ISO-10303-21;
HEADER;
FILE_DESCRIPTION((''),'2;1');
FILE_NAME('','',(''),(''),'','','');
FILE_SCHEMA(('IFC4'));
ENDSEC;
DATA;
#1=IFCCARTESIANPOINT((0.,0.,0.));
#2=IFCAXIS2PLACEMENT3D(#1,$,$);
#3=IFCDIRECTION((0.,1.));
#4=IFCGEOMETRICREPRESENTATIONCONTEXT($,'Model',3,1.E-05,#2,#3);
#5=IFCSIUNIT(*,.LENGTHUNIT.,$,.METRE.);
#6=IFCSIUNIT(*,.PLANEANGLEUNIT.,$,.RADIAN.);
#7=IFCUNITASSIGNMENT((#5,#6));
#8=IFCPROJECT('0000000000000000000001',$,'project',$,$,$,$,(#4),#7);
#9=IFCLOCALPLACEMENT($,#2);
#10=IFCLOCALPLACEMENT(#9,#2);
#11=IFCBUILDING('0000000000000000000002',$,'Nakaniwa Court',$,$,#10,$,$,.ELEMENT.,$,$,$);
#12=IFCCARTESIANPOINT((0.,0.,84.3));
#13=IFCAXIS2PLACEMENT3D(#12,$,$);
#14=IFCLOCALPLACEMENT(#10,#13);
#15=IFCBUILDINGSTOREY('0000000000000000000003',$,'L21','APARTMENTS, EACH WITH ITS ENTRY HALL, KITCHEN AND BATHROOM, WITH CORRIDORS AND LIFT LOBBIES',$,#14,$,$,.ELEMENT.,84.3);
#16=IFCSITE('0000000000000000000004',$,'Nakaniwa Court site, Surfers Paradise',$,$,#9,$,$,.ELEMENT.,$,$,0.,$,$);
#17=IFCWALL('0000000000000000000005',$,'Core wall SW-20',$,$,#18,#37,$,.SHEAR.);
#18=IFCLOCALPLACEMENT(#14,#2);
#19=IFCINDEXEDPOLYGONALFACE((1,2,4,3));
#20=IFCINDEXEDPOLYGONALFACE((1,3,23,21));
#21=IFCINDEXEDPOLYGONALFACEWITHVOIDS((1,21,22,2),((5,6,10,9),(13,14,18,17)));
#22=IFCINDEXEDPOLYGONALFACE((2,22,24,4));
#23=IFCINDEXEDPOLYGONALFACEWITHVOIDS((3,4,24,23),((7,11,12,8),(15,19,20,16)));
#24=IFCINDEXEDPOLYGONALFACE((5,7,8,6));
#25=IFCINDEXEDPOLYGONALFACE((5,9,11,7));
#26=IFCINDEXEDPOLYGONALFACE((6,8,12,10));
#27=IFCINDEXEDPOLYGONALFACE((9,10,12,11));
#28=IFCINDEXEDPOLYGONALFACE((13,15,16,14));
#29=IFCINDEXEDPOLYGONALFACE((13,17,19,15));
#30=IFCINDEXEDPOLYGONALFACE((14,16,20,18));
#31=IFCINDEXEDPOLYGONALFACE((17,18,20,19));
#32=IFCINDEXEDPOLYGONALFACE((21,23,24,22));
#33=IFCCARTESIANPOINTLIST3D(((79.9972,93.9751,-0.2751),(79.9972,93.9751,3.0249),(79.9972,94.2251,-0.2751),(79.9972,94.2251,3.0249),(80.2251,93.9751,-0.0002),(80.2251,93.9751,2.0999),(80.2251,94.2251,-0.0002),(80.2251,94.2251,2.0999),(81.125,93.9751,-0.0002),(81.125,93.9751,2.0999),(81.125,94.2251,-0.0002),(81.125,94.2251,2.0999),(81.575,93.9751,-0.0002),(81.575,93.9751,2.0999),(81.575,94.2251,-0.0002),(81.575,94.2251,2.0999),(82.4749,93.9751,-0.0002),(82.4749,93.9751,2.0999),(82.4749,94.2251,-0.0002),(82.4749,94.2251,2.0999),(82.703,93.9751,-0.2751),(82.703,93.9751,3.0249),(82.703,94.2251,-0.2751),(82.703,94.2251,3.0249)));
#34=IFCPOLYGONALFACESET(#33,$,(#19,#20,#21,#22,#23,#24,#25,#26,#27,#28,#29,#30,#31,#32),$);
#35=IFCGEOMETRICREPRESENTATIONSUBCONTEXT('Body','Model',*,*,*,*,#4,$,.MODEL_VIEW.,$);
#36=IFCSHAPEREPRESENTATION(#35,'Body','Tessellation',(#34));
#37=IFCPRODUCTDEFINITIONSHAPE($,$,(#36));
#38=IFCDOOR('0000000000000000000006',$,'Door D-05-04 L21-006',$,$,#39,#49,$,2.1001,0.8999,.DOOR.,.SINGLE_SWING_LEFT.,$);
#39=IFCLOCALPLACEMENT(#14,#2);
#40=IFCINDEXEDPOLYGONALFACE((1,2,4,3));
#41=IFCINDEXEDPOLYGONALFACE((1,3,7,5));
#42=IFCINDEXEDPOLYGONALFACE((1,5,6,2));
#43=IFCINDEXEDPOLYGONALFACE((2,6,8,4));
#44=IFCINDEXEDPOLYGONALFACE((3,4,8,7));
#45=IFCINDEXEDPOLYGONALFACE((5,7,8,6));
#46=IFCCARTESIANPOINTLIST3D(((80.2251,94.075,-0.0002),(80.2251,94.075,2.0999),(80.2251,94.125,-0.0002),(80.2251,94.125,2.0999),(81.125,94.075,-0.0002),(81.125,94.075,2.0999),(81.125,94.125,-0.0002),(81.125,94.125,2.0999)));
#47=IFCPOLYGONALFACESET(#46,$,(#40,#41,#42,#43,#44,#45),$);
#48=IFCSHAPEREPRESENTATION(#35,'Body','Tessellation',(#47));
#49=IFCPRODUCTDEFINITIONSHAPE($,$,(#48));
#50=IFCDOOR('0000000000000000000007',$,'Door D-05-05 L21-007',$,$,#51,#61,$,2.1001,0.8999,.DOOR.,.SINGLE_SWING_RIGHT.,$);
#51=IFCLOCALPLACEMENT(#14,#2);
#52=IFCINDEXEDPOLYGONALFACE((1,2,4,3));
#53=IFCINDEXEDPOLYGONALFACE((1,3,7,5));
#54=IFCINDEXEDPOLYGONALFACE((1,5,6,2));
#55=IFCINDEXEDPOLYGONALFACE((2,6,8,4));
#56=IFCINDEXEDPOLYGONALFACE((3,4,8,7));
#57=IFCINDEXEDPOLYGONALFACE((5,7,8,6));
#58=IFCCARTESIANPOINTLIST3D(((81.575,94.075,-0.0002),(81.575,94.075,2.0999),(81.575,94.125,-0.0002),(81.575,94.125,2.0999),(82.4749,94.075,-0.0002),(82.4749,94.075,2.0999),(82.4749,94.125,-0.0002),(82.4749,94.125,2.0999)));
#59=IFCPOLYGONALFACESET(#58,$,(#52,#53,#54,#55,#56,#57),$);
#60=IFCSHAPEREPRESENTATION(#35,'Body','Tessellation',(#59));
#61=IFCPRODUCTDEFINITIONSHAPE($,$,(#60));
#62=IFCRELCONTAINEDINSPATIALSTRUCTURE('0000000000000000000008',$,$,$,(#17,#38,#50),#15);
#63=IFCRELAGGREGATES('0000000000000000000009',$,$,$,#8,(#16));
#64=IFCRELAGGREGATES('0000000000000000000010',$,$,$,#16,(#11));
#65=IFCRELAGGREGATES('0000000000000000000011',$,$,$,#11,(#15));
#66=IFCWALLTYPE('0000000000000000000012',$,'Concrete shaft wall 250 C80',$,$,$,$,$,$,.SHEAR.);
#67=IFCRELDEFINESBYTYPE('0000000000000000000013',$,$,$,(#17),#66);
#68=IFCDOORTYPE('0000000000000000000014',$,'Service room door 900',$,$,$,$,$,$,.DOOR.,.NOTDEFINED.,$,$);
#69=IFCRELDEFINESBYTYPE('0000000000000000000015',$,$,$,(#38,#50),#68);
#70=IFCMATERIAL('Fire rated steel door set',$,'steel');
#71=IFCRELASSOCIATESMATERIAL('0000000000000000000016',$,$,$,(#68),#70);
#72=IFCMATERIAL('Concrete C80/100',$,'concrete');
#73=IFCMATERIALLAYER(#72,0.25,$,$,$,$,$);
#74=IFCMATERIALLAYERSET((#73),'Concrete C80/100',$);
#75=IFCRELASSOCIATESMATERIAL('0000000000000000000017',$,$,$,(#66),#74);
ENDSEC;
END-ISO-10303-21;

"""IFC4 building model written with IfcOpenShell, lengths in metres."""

from ifc_helpers import new_model, si_unit, direction, frame, frame_2d, origin, place, context, subcontext, project, spatial, rectangle, extrude, material, layer, layer_set, type_object, element, fill, save


model = new_model("IFC4")

# Units and contexts
model_context = context("Model", 3, precision=1e-05, world=origin(), true_north=direction((0.0, 1.0)))
body_context = subcontext(model_context, "Body", "Model", "MODEL_VIEW")
ifc_project = project(units=[si_unit("LENGTHUNIT", "METRE"), si_unit("PLANEANGLEUNIT", "RADIAN")], contexts=[model_context])

# Site, building, storey
site_placement = place(None, origin())
site = spatial("IfcSite", under=ifc_project, at=site_placement, Name="Nakaniwa Court site, Surfers Paradise", CompositionType="ELEMENT", RefElevation=0.0)
building_placement = place(site_placement, origin())
building = spatial("IfcBuilding", under=site, at=building_placement, Name="Nakaniwa Court", CompositionType="ELEMENT")
storey_placement = place(building_placement, frame((0.0, 0.0, 84.3)))
storey = spatial("IfcBuildingStorey", under=building, at=storey_placement, Name="L21", Description="APARTMENTS, EACH WITH ITS ENTRY HALL, KITCHEN AND BATHROOM, WITH CORRIDORS AND LIFT LOBBIES", CompositionType="ELEMENT", Elevation=84.3)

# Shared definitions
ifc_material_1 = material(Name="Fire rated steel door set", Category="steel")
door_type_1 = type_object("IfcDoorType", Name="Service room door 900", OperationType="NOTDEFINED", PredefinedType="DOOR", material=ifc_material_1)

# Shared definitions
ifc_material_2 = material(Name="Concrete C80/100", Category="concrete")

# Shared definitions
ifc_layer_1 = layer(ifc_material_2, 0.25)
ifc_layer_set_1 = layer_set([ifc_layer_1], Name="Concrete C80/100")
wall_type_1 = type_object("IfcWallType", Name="Concrete shaft wall 250 C80", PredefinedType="SHEAR", material=ifc_layer_set_1)

# Wall, openings, doors
wall_1_placement = place(storey_placement, frame((79.9971, 94.1001, -0.2751), z_axis=(0.0, 0.0, 1.0), x_axis=(1.0, 0.0, 0.0)))
wall_1 = element("IfcWall", 1, at=wall_1_placement, inside=storey, type_object=wall_type_1, Name="Core wall SW-20", PredefinedType="SHEAR", context=body_context, shape_type="SweptSolid", body=[
    extrude(rectangle(XDim=2.7058, YDim=0.25, at=frame_2d((1.353, 0.0))), origin(), (0.0, 0.0, 1.0), 3.3),
])
opening_1_placement = place(wall_1_placement, frame((0.228, 0.0, 0.2749)))
opening_1 = element("IfcOpeningElement", 2, at=opening_1_placement, cuts=wall_1, PredefinedType="OPENING", context=body_context, shape_type="SweptSolid", body=[
    extrude(rectangle(XDim=0.8999, YDim=2.1001, at=frame_2d((0.45, 1.05))), frame((0.0, 0.135, 0.0), z_axis=(0.0, -1.0, 0.0), x_axis=(1.0, 0.0, 0.0)), (0.0, 0.0, 1.0), 0.27),
])
opening_2_placement = place(wall_1_placement, frame((1.5779, 0.0, 0.2749)))
opening_2 = element("IfcOpeningElement", 3, at=opening_2_placement, cuts=wall_1, PredefinedType="OPENING", context=body_context, shape_type="SweptSolid", body=[
    extrude(rectangle(XDim=0.8999, YDim=2.1001, at=frame_2d((0.45, 1.05))), frame((0.0, 0.135, 0.0), z_axis=(0.0, -1.0, 0.0), x_axis=(1.0, 0.0, 0.0)), (0.0, 0.0, 1.0), 0.27),
])
door_1_placement = place(opening_1_placement, origin())
door_1 = element("IfcDoor", 4, at=door_1_placement, inside=storey, type_object=door_type_1, Name="Door D-05-04 L21-006", OperationType="SINGLE_SWING_LEFT", OverallHeight=2.1001, OverallWidth=0.8999, PredefinedType="DOOR", context=body_context, shape_type="SweptSolid", body=[
    extrude(rectangle(XDim=0.8999, YDim=2.1001, at=frame_2d((0.45, 1.05))), frame((0.0, 0.0249, 0.0), z_axis=(0.0, -1.0, 0.0), x_axis=(1.0, 0.0, 0.0)), (0.0, 0.0, 1.0), 0.05),
])
fill(opening_1, door_1)
door_2_placement = place(opening_2_placement, origin())
door_2 = element("IfcDoor", 5, at=door_2_placement, inside=storey, type_object=door_type_1, Name="Door D-05-05 L21-007", OperationType="SINGLE_SWING_RIGHT", OverallHeight=2.1001, OverallWidth=0.8999, PredefinedType="DOOR", context=body_context, shape_type="SweptSolid", body=[
    extrude(rectangle(XDim=0.8999, YDim=2.1001, at=frame_2d((0.45, 1.05))), frame((0.0, 0.0249, 0.0), z_axis=(0.0, -1.0, 0.0), x_axis=(1.0, 0.0, 0.0)), (0.0, 0.0, 1.0), 0.05),
])
fill(opening_2, door_2)

save(model, "model.ifc")
